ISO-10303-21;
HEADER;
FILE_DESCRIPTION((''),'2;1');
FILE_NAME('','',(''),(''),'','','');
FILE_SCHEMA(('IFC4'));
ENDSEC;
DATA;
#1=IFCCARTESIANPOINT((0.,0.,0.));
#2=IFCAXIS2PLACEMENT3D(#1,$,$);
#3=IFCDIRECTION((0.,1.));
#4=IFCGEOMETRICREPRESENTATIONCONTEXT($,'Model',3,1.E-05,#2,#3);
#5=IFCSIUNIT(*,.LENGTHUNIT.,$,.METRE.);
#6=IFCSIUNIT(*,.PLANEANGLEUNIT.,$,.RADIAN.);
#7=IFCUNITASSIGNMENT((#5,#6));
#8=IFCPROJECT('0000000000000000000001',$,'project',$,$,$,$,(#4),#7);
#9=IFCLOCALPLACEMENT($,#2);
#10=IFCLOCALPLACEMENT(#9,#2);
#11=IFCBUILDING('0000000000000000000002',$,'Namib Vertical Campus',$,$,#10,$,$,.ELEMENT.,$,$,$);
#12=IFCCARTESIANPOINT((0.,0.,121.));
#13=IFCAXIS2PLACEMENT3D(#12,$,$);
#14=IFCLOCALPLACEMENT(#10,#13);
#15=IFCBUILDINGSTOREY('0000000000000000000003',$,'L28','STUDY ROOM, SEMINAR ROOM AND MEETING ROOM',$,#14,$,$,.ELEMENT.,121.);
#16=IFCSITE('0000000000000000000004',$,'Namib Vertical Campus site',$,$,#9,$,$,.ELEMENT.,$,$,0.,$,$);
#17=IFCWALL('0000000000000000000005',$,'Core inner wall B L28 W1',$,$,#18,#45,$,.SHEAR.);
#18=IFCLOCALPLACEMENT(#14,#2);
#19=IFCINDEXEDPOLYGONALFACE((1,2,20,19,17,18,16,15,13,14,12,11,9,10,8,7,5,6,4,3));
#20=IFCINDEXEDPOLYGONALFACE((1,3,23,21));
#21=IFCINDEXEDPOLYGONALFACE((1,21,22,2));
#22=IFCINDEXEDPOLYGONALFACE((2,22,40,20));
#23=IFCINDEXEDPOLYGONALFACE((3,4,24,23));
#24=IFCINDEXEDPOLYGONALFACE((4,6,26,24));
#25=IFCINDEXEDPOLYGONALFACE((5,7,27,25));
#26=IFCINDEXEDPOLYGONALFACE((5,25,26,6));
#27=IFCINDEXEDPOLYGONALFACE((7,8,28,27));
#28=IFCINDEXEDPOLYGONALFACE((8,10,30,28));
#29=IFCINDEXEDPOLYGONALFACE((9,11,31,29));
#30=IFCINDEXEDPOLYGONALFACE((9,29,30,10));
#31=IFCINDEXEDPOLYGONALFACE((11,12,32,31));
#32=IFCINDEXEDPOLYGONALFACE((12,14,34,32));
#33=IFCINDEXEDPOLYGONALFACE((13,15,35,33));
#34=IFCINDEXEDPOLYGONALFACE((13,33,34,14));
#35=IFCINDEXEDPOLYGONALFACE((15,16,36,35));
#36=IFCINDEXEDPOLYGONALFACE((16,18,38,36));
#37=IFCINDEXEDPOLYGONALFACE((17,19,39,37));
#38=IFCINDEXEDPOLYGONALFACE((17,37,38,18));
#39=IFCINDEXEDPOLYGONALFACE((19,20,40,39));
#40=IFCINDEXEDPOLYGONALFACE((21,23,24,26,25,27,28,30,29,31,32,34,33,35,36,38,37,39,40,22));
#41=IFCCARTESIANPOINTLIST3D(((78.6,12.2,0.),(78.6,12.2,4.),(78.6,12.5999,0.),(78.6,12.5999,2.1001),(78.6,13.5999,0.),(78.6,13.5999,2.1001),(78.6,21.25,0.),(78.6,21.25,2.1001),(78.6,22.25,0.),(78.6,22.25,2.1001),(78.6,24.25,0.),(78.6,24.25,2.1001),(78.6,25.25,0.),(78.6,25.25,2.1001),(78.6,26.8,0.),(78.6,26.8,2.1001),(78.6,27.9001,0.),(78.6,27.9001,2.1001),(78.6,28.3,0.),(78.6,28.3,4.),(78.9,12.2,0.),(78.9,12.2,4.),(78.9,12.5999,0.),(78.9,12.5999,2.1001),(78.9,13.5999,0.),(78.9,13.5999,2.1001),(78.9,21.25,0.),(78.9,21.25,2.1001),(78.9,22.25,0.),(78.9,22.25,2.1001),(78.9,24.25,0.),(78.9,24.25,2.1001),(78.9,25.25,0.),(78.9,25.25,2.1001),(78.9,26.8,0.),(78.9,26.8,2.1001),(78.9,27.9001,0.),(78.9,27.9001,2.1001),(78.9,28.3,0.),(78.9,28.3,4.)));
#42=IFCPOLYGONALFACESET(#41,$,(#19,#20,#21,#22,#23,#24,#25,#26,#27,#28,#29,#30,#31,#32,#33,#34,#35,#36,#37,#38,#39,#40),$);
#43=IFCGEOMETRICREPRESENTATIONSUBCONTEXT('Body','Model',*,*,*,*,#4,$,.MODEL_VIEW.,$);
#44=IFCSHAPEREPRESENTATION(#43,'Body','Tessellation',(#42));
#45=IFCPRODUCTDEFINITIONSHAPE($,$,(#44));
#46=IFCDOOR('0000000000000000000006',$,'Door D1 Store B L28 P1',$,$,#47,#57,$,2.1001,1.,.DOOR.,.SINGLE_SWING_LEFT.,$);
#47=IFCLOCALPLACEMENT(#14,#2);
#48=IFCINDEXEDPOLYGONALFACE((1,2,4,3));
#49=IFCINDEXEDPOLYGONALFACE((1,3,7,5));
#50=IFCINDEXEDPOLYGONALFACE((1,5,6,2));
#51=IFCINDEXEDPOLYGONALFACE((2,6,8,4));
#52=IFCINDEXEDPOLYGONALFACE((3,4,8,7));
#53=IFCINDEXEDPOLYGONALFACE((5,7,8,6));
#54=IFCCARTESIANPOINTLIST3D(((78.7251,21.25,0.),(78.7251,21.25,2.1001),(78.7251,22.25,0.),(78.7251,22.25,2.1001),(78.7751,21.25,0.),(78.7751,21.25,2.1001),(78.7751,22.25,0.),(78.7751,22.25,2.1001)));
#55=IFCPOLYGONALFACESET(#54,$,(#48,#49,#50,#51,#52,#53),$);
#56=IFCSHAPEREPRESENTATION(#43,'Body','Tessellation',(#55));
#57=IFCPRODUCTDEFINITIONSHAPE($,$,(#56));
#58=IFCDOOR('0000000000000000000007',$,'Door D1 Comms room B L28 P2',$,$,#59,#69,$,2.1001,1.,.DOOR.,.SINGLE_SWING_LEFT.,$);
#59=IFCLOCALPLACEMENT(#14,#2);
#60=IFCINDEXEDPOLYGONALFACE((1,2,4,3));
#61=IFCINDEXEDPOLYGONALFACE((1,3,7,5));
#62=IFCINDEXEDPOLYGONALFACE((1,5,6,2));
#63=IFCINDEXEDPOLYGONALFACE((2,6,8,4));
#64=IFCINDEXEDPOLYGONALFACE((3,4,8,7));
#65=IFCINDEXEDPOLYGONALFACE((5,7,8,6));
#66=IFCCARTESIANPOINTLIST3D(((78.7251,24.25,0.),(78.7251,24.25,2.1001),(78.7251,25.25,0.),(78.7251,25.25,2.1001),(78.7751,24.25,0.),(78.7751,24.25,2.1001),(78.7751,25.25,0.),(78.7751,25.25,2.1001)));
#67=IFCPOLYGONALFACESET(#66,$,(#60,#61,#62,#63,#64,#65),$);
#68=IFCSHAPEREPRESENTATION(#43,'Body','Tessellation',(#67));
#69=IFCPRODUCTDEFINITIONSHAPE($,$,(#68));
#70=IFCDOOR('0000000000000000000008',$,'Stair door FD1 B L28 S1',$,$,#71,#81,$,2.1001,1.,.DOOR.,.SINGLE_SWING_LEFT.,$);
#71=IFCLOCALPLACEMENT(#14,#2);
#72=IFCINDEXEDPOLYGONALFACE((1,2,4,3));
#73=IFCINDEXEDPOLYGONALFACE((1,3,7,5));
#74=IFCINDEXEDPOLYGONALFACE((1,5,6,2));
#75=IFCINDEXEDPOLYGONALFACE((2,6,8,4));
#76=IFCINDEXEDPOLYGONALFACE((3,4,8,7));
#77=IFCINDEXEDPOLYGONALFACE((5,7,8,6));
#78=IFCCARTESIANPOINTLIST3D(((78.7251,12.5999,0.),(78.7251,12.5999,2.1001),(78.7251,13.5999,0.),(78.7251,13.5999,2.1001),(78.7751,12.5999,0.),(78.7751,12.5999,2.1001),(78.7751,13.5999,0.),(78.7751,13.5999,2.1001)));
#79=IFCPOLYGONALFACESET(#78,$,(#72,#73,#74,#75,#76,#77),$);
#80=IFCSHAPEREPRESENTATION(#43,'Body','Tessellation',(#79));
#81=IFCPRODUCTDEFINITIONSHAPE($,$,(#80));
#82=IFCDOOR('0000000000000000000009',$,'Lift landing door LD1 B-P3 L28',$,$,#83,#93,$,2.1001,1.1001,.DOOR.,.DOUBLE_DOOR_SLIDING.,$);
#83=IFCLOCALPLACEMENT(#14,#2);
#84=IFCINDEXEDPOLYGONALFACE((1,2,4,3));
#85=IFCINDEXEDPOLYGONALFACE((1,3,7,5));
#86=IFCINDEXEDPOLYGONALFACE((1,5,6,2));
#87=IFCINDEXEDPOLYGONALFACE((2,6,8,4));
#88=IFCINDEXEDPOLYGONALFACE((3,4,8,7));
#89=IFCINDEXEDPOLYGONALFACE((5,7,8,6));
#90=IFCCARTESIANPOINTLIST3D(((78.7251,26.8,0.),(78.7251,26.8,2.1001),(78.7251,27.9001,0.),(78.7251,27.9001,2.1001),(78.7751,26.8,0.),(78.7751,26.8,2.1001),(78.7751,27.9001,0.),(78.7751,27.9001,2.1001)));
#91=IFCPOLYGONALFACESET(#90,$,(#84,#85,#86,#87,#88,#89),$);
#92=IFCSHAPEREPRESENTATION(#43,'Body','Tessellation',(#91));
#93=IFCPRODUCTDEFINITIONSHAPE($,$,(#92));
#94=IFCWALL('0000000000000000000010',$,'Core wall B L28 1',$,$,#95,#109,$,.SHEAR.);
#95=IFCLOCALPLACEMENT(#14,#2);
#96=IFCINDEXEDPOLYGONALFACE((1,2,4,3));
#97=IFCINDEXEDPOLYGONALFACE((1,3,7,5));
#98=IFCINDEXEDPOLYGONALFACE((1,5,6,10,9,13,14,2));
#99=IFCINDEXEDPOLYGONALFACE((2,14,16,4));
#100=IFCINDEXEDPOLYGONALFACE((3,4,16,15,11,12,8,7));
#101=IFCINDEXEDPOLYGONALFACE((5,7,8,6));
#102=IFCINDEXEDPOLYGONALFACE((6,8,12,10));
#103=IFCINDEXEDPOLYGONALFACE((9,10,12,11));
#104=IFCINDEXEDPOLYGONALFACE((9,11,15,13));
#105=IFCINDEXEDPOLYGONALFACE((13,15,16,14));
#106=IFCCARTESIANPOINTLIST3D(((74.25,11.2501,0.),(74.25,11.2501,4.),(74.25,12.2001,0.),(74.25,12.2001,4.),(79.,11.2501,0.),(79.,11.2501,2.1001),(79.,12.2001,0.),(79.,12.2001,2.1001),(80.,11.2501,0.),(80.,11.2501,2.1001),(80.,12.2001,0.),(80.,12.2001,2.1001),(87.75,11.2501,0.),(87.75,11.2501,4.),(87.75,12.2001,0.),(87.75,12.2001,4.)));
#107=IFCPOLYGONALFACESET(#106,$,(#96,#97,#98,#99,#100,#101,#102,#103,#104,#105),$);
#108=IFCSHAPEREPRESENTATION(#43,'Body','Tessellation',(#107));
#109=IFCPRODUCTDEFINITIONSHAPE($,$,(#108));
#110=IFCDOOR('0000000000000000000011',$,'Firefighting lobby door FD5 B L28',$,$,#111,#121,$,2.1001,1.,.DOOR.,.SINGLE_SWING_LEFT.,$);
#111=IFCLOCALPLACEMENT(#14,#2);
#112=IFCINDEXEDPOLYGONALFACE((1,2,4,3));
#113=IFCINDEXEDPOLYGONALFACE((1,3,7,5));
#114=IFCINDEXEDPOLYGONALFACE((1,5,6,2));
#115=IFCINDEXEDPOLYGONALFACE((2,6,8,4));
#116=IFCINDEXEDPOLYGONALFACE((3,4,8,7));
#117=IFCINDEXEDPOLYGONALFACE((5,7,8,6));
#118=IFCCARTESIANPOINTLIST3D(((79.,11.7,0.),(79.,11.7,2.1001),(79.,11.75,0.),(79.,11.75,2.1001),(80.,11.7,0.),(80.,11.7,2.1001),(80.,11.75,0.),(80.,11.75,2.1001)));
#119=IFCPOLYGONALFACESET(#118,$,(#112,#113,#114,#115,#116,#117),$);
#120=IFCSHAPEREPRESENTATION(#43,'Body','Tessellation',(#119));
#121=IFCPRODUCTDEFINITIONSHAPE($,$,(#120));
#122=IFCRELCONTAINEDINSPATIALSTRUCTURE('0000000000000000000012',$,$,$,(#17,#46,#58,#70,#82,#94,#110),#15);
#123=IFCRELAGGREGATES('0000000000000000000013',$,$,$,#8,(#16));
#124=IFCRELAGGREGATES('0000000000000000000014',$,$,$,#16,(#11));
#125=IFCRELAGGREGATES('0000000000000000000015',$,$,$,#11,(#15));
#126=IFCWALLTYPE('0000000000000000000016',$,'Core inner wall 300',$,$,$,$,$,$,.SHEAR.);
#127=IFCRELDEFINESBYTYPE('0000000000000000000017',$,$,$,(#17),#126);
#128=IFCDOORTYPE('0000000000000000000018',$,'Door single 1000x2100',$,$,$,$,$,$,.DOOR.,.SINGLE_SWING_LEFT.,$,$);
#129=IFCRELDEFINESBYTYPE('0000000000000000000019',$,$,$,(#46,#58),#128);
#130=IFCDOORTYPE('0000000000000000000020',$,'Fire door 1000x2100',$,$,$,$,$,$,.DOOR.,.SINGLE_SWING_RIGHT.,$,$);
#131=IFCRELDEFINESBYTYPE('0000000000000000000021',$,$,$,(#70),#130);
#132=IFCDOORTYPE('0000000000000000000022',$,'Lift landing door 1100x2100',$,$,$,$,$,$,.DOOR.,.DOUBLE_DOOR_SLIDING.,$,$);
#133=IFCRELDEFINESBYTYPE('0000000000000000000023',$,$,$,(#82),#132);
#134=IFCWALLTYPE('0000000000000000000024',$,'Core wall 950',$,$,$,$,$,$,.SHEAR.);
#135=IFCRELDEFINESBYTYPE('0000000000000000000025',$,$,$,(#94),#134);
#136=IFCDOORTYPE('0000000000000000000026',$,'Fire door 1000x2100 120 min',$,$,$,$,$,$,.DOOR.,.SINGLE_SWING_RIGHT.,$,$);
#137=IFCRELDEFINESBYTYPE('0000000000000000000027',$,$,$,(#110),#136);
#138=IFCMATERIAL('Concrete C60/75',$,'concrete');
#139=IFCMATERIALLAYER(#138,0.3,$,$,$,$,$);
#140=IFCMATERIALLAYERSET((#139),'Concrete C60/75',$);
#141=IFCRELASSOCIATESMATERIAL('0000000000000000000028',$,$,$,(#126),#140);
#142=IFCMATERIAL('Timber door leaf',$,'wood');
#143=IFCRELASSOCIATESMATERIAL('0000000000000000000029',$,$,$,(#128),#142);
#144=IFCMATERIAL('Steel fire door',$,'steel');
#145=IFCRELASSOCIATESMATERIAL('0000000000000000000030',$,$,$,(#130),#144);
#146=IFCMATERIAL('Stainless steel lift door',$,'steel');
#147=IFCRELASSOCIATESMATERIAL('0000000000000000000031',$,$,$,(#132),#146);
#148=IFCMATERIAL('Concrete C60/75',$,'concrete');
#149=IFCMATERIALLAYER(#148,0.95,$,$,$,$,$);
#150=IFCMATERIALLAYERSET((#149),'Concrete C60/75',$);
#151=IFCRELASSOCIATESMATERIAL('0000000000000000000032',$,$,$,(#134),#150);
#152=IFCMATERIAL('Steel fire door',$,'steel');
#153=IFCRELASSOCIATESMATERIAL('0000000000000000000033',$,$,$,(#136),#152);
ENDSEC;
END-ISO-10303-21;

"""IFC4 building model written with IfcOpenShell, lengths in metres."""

from ifc_helpers import new_model, si_unit, direction, frame, frame_2d, origin, place, context, subcontext, project, spatial, rectangle, extrude, material, layer, layer_set, type_object, element, fill, save


model = new_model("IFC4")

# Units and contexts
model_context = context("Model", 3, precision=1e-05, world=origin(), true_north=direction((0.0, 1.0)))
body_context = subcontext(model_context, "Body", "Model", "MODEL_VIEW")
ifc_project = project(units=[si_unit("LENGTHUNIT", "METRE"), si_unit("PLANEANGLEUNIT", "RADIAN")], contexts=[model_context])

# Site, building, storey
site_placement = place(None, origin())
site = spatial("IfcSite", under=ifc_project, at=site_placement, Name="Namib Vertical Campus site", CompositionType="ELEMENT", RefElevation=0.0)
building_placement = place(site_placement, origin())
building = spatial("IfcBuilding", under=site, at=building_placement, Name="Namib Vertical Campus", CompositionType="ELEMENT")
storey_placement = place(building_placement, frame((0.0, 0.0, 121.0)))
storey = spatial("IfcBuildingStorey", under=building, at=storey_placement, Name="L28", Description="STUDY ROOM, SEMINAR ROOM AND MEETING ROOM", CompositionType="ELEMENT", Elevation=121.0)

# Wall, openings, doors
ifc_material_1 = material(Name="Concrete C60/75", Category="concrete")
ifc_layer_1 = layer(ifc_material_1, 0.3)
ifc_layer_set_1 = layer_set([ifc_layer_1], Name="Concrete C60/75")
wall_type_1 = type_object("IfcWallType", Name="Core inner wall 300", PredefinedType="SHEAR", material=ifc_layer_set_1)
wall_1_placement = place(storey_placement, frame((78.75, 12.2, 0.0), z_axis=(0.0, 0.0, 1.0), x_axis=(0.0, 1.0, 0.0)))
wall_1 = element("IfcWall", 1, at=wall_1_placement, inside=storey, type_object=wall_type_1, Name="Core inner wall B L28 W1", PredefinedType="SHEAR", context=body_context, shape_type="SweptSolid", body=[
    extrude(rectangle(XDim=16.1001, YDim=0.3, at=frame_2d((8.05, 0.0))), origin(), (0.0, 0.0, 1.0), 4.0),
])
opening_1_placement = place(wall_1_placement, frame((0.3999, 0.0, 0.0)))
opening_1 = element("IfcOpeningElement", 2, at=opening_1_placement, cuts=wall_1, PredefinedType="OPENING", context=body_context, shape_type="SweptSolid", body=[
    extrude(rectangle(XDim=1.0, YDim=2.1001, at=frame_2d((0.5, 1.05))), frame((0.0, 0.1599, 0.0), z_axis=(0.0, -1.0, 0.0), x_axis=(1.0, 0.0, 0.0)), (0.0, 0.0, 1.0), 0.3201),
])
opening_2_placement = place(wall_1_placement, frame((14.6001, 0.0, 0.0)))
opening_2 = element("IfcOpeningElement", 3, at=opening_2_placement, cuts=wall_1, PredefinedType="OPENING", context=body_context, shape_type="SweptSolid", body=[
    extrude(rectangle(XDim=1.1001, YDim=2.1001, at=frame_2d((0.55, 1.05))), frame((0.0, 0.1599, 0.0), z_axis=(0.0, -1.0, 0.0), x_axis=(1.0, 0.0, 0.0)), (0.0, 0.0, 1.0), 0.3201),
])
opening_3_placement = place(wall_1_placement, frame((9.05, 0.0, 0.0)))
opening_3 = element("IfcOpeningElement", 4, at=opening_3_placement, cuts=wall_1, PredefinedType="OPENING", context=body_context, shape_type="SweptSolid", body=[
    extrude(rectangle(XDim=1.0, YDim=2.1001, at=frame_2d((0.5, 1.05))), frame((0.0, 0.1599, 0.0), z_axis=(0.0, -1.0, 0.0), x_axis=(1.0, 0.0, 0.0)), (0.0, 0.0, 1.0), 0.3201),
])
opening_4_placement = place(wall_1_placement, frame((12.05, 0.0, 0.0)))
opening_4 = element("IfcOpeningElement", 5, at=opening_4_placement, cuts=wall_1, PredefinedType="OPENING", context=body_context, shape_type="SweptSolid", body=[
    extrude(rectangle(XDim=1.0, YDim=2.1001, at=frame_2d((0.5, 1.05))), frame((0.0, 0.1599, 0.0), z_axis=(0.0, -1.0, 0.0), x_axis=(1.0, 0.0, 0.0)), (0.0, 0.0, 1.0), 0.3201),
])
ifc_material_2 = material(Name="Timber door leaf", Category="wood")
door_type_1 = type_object("IfcDoorType", Name="Door single 1000x2100", OperationType="SINGLE_SWING_LEFT", PredefinedType="DOOR", material=ifc_material_2)
door_1_placement = place(opening_3_placement, origin())
door_1 = element("IfcDoor", 6, at=door_1_placement, inside=storey, type_object=door_type_1, Name="Door D1 Store B L28 P1", OperationType="SINGLE_SWING_LEFT", OverallHeight=2.1001, OverallWidth=1.0, PredefinedType="DOOR", context=body_context, shape_type="SweptSolid", body=[
    extrude(rectangle(XDim=1.0, YDim=2.1001, at=frame_2d((0.5, 1.05))), frame((0.0, 0.0249, 0.0), z_axis=(0.0, -1.0, 0.0), x_axis=(1.0, 0.0, 0.0)), (0.0, 0.0, 1.0), 0.05),
])
fill(opening_3, door_1)
door_2_placement = place(opening_4_placement, origin())
door_2 = element("IfcDoor", 7, at=door_2_placement, inside=storey, type_object=door_type_1, Name="Door D1 Comms room B L28 P2", OperationType="SINGLE_SWING_LEFT", OverallHeight=2.1001, OverallWidth=1.0, PredefinedType="DOOR", context=body_context, shape_type="SweptSolid", body=[
    extrude(rectangle(XDim=1.0, YDim=2.1001, at=frame_2d((0.5, 1.05))), frame((0.0, 0.0249, 0.0), z_axis=(0.0, -1.0, 0.0), x_axis=(1.0, 0.0, 0.0)), (0.0, 0.0, 1.0), 0.05),
])
fill(opening_4, door_2)
ifc_material_3 = material(Name="Steel fire door", Category="steel")
door_type_2 = type_object("IfcDoorType", Name="Fire door 1000x2100", OperationType="SINGLE_SWING_RIGHT", PredefinedType="DOOR", material=ifc_material_3)
door_3_placement = place(opening_1_placement, origin())
door_3 = element("IfcDoor", 8, at=door_3_placement, inside=storey, type_object=door_type_2, Name="Stair door FD1 B L28 S1", OperationType="SINGLE_SWING_LEFT", OverallHeight=2.1001, OverallWidth=1.0, PredefinedType="DOOR", context=body_context, shape_type="SweptSolid", body=[
    extrude(rectangle(XDim=1.0, YDim=2.1001, at=frame_2d((0.5, 1.05))), frame((0.0, 0.0249, 0.0), z_axis=(0.0, -1.0, 0.0), x_axis=(1.0, 0.0, 0.0)), (0.0, 0.0, 1.0), 0.05),
])
fill(opening_1, door_3)
ifc_material_4 = material(Name="Stainless steel lift door", Category="steel")
door_type_3 = type_object("IfcDoorType", Name="Lift landing door 1100x2100", OperationType="DOUBLE_DOOR_SLIDING", PredefinedType="DOOR", material=ifc_material_4)
door_4_placement = place(opening_2_placement, origin())
door_4 = element("IfcDoor", 9, at=door_4_placement, inside=storey, type_object=door_type_3, Name="Lift landing door LD1 B-P3 L28", OperationType="DOUBLE_DOOR_SLIDING", OverallHeight=2.1001, OverallWidth=1.1001, PredefinedType="DOOR", context=body_context, shape_type="SweptSolid", body=[
    extrude(rectangle(XDim=1.1001, YDim=2.1001, at=frame_2d((0.55, 1.05))), frame((0.0, 0.0249, 0.0), z_axis=(0.0, -1.0, 0.0), x_axis=(1.0, 0.0, 0.0)), (0.0, 0.0, 1.0), 0.05),
])
fill(opening_2, door_4)

# Wall, opening, door
ifc_material_5 = material(Name="Concrete C60/75", Category="concrete")
ifc_layer_2 = layer(ifc_material_5, 0.95)
ifc_layer_set_2 = layer_set([ifc_layer_2], Name="Concrete C60/75")
wall_type_2 = type_object("IfcWallType", Name="Core wall 950", PredefinedType="SHEAR", material=ifc_layer_set_2)
wall_2_placement = place(storey_placement, frame((74.25, 11.7251, 0.0), z_axis=(0.0, 0.0, 1.0), x_axis=(1.0, 0.0, 0.0)))
wall_2 = element("IfcWall", 10, at=wall_2_placement, inside=storey, type_object=wall_type_2, Name="Core wall B L28 1", PredefinedType="SHEAR", context=body_context, shape_type="SweptSolid", body=[
    extrude(rectangle(XDim=13.5, YDim=0.95, at=frame_2d((6.75, 0.0))), origin(), (0.0, 0.0, 1.0), 4.0),
])
opening_5_placement = place(wall_2_placement, frame((4.75, 0.0, 0.0)))
opening_5 = element("IfcOpeningElement", 11, at=opening_5_placement, cuts=wall_2, PredefinedType="OPENING", context=body_context, shape_type="SweptSolid", body=[
    extrude(rectangle(XDim=1.0, YDim=2.1001, at=frame_2d((0.5, 1.05))), frame((0.0, 0.4849, 0.0), z_axis=(0.0, -1.0, 0.0), x_axis=(1.0, 0.0, 0.0)), (0.0, 0.0, 1.0), 0.97),
])
ifc_material_6 = material(Name="Steel fire door", Category="steel")
door_type_4 = type_object("IfcDoorType", Name="Fire door 1000x2100 120 min", OperationType="SINGLE_SWING_RIGHT", PredefinedType="DOOR", material=ifc_material_6)
door_5_placement = place(opening_5_placement, origin())
door_5 = element("IfcDoor", 12, at=door_5_placement, inside=storey, type_object=door_type_4, Name="Firefighting lobby door FD5 B L28", OperationType="SINGLE_SWING_LEFT", OverallHeight=2.1001, OverallWidth=1.0, PredefinedType="DOOR", context=body_context, shape_type="SweptSolid", body=[
    extrude(rectangle(XDim=1.0, YDim=2.1001, at=frame_2d((0.5, 1.05))), frame((0.0, 0.0249, 0.0), z_axis=(0.0, -1.0, 0.0), x_axis=(1.0, 0.0, 0.0)), (0.0, 0.0, 1.0), 0.05),
])
fill(opening_5, door_5)

save(model, "model.ifc")
